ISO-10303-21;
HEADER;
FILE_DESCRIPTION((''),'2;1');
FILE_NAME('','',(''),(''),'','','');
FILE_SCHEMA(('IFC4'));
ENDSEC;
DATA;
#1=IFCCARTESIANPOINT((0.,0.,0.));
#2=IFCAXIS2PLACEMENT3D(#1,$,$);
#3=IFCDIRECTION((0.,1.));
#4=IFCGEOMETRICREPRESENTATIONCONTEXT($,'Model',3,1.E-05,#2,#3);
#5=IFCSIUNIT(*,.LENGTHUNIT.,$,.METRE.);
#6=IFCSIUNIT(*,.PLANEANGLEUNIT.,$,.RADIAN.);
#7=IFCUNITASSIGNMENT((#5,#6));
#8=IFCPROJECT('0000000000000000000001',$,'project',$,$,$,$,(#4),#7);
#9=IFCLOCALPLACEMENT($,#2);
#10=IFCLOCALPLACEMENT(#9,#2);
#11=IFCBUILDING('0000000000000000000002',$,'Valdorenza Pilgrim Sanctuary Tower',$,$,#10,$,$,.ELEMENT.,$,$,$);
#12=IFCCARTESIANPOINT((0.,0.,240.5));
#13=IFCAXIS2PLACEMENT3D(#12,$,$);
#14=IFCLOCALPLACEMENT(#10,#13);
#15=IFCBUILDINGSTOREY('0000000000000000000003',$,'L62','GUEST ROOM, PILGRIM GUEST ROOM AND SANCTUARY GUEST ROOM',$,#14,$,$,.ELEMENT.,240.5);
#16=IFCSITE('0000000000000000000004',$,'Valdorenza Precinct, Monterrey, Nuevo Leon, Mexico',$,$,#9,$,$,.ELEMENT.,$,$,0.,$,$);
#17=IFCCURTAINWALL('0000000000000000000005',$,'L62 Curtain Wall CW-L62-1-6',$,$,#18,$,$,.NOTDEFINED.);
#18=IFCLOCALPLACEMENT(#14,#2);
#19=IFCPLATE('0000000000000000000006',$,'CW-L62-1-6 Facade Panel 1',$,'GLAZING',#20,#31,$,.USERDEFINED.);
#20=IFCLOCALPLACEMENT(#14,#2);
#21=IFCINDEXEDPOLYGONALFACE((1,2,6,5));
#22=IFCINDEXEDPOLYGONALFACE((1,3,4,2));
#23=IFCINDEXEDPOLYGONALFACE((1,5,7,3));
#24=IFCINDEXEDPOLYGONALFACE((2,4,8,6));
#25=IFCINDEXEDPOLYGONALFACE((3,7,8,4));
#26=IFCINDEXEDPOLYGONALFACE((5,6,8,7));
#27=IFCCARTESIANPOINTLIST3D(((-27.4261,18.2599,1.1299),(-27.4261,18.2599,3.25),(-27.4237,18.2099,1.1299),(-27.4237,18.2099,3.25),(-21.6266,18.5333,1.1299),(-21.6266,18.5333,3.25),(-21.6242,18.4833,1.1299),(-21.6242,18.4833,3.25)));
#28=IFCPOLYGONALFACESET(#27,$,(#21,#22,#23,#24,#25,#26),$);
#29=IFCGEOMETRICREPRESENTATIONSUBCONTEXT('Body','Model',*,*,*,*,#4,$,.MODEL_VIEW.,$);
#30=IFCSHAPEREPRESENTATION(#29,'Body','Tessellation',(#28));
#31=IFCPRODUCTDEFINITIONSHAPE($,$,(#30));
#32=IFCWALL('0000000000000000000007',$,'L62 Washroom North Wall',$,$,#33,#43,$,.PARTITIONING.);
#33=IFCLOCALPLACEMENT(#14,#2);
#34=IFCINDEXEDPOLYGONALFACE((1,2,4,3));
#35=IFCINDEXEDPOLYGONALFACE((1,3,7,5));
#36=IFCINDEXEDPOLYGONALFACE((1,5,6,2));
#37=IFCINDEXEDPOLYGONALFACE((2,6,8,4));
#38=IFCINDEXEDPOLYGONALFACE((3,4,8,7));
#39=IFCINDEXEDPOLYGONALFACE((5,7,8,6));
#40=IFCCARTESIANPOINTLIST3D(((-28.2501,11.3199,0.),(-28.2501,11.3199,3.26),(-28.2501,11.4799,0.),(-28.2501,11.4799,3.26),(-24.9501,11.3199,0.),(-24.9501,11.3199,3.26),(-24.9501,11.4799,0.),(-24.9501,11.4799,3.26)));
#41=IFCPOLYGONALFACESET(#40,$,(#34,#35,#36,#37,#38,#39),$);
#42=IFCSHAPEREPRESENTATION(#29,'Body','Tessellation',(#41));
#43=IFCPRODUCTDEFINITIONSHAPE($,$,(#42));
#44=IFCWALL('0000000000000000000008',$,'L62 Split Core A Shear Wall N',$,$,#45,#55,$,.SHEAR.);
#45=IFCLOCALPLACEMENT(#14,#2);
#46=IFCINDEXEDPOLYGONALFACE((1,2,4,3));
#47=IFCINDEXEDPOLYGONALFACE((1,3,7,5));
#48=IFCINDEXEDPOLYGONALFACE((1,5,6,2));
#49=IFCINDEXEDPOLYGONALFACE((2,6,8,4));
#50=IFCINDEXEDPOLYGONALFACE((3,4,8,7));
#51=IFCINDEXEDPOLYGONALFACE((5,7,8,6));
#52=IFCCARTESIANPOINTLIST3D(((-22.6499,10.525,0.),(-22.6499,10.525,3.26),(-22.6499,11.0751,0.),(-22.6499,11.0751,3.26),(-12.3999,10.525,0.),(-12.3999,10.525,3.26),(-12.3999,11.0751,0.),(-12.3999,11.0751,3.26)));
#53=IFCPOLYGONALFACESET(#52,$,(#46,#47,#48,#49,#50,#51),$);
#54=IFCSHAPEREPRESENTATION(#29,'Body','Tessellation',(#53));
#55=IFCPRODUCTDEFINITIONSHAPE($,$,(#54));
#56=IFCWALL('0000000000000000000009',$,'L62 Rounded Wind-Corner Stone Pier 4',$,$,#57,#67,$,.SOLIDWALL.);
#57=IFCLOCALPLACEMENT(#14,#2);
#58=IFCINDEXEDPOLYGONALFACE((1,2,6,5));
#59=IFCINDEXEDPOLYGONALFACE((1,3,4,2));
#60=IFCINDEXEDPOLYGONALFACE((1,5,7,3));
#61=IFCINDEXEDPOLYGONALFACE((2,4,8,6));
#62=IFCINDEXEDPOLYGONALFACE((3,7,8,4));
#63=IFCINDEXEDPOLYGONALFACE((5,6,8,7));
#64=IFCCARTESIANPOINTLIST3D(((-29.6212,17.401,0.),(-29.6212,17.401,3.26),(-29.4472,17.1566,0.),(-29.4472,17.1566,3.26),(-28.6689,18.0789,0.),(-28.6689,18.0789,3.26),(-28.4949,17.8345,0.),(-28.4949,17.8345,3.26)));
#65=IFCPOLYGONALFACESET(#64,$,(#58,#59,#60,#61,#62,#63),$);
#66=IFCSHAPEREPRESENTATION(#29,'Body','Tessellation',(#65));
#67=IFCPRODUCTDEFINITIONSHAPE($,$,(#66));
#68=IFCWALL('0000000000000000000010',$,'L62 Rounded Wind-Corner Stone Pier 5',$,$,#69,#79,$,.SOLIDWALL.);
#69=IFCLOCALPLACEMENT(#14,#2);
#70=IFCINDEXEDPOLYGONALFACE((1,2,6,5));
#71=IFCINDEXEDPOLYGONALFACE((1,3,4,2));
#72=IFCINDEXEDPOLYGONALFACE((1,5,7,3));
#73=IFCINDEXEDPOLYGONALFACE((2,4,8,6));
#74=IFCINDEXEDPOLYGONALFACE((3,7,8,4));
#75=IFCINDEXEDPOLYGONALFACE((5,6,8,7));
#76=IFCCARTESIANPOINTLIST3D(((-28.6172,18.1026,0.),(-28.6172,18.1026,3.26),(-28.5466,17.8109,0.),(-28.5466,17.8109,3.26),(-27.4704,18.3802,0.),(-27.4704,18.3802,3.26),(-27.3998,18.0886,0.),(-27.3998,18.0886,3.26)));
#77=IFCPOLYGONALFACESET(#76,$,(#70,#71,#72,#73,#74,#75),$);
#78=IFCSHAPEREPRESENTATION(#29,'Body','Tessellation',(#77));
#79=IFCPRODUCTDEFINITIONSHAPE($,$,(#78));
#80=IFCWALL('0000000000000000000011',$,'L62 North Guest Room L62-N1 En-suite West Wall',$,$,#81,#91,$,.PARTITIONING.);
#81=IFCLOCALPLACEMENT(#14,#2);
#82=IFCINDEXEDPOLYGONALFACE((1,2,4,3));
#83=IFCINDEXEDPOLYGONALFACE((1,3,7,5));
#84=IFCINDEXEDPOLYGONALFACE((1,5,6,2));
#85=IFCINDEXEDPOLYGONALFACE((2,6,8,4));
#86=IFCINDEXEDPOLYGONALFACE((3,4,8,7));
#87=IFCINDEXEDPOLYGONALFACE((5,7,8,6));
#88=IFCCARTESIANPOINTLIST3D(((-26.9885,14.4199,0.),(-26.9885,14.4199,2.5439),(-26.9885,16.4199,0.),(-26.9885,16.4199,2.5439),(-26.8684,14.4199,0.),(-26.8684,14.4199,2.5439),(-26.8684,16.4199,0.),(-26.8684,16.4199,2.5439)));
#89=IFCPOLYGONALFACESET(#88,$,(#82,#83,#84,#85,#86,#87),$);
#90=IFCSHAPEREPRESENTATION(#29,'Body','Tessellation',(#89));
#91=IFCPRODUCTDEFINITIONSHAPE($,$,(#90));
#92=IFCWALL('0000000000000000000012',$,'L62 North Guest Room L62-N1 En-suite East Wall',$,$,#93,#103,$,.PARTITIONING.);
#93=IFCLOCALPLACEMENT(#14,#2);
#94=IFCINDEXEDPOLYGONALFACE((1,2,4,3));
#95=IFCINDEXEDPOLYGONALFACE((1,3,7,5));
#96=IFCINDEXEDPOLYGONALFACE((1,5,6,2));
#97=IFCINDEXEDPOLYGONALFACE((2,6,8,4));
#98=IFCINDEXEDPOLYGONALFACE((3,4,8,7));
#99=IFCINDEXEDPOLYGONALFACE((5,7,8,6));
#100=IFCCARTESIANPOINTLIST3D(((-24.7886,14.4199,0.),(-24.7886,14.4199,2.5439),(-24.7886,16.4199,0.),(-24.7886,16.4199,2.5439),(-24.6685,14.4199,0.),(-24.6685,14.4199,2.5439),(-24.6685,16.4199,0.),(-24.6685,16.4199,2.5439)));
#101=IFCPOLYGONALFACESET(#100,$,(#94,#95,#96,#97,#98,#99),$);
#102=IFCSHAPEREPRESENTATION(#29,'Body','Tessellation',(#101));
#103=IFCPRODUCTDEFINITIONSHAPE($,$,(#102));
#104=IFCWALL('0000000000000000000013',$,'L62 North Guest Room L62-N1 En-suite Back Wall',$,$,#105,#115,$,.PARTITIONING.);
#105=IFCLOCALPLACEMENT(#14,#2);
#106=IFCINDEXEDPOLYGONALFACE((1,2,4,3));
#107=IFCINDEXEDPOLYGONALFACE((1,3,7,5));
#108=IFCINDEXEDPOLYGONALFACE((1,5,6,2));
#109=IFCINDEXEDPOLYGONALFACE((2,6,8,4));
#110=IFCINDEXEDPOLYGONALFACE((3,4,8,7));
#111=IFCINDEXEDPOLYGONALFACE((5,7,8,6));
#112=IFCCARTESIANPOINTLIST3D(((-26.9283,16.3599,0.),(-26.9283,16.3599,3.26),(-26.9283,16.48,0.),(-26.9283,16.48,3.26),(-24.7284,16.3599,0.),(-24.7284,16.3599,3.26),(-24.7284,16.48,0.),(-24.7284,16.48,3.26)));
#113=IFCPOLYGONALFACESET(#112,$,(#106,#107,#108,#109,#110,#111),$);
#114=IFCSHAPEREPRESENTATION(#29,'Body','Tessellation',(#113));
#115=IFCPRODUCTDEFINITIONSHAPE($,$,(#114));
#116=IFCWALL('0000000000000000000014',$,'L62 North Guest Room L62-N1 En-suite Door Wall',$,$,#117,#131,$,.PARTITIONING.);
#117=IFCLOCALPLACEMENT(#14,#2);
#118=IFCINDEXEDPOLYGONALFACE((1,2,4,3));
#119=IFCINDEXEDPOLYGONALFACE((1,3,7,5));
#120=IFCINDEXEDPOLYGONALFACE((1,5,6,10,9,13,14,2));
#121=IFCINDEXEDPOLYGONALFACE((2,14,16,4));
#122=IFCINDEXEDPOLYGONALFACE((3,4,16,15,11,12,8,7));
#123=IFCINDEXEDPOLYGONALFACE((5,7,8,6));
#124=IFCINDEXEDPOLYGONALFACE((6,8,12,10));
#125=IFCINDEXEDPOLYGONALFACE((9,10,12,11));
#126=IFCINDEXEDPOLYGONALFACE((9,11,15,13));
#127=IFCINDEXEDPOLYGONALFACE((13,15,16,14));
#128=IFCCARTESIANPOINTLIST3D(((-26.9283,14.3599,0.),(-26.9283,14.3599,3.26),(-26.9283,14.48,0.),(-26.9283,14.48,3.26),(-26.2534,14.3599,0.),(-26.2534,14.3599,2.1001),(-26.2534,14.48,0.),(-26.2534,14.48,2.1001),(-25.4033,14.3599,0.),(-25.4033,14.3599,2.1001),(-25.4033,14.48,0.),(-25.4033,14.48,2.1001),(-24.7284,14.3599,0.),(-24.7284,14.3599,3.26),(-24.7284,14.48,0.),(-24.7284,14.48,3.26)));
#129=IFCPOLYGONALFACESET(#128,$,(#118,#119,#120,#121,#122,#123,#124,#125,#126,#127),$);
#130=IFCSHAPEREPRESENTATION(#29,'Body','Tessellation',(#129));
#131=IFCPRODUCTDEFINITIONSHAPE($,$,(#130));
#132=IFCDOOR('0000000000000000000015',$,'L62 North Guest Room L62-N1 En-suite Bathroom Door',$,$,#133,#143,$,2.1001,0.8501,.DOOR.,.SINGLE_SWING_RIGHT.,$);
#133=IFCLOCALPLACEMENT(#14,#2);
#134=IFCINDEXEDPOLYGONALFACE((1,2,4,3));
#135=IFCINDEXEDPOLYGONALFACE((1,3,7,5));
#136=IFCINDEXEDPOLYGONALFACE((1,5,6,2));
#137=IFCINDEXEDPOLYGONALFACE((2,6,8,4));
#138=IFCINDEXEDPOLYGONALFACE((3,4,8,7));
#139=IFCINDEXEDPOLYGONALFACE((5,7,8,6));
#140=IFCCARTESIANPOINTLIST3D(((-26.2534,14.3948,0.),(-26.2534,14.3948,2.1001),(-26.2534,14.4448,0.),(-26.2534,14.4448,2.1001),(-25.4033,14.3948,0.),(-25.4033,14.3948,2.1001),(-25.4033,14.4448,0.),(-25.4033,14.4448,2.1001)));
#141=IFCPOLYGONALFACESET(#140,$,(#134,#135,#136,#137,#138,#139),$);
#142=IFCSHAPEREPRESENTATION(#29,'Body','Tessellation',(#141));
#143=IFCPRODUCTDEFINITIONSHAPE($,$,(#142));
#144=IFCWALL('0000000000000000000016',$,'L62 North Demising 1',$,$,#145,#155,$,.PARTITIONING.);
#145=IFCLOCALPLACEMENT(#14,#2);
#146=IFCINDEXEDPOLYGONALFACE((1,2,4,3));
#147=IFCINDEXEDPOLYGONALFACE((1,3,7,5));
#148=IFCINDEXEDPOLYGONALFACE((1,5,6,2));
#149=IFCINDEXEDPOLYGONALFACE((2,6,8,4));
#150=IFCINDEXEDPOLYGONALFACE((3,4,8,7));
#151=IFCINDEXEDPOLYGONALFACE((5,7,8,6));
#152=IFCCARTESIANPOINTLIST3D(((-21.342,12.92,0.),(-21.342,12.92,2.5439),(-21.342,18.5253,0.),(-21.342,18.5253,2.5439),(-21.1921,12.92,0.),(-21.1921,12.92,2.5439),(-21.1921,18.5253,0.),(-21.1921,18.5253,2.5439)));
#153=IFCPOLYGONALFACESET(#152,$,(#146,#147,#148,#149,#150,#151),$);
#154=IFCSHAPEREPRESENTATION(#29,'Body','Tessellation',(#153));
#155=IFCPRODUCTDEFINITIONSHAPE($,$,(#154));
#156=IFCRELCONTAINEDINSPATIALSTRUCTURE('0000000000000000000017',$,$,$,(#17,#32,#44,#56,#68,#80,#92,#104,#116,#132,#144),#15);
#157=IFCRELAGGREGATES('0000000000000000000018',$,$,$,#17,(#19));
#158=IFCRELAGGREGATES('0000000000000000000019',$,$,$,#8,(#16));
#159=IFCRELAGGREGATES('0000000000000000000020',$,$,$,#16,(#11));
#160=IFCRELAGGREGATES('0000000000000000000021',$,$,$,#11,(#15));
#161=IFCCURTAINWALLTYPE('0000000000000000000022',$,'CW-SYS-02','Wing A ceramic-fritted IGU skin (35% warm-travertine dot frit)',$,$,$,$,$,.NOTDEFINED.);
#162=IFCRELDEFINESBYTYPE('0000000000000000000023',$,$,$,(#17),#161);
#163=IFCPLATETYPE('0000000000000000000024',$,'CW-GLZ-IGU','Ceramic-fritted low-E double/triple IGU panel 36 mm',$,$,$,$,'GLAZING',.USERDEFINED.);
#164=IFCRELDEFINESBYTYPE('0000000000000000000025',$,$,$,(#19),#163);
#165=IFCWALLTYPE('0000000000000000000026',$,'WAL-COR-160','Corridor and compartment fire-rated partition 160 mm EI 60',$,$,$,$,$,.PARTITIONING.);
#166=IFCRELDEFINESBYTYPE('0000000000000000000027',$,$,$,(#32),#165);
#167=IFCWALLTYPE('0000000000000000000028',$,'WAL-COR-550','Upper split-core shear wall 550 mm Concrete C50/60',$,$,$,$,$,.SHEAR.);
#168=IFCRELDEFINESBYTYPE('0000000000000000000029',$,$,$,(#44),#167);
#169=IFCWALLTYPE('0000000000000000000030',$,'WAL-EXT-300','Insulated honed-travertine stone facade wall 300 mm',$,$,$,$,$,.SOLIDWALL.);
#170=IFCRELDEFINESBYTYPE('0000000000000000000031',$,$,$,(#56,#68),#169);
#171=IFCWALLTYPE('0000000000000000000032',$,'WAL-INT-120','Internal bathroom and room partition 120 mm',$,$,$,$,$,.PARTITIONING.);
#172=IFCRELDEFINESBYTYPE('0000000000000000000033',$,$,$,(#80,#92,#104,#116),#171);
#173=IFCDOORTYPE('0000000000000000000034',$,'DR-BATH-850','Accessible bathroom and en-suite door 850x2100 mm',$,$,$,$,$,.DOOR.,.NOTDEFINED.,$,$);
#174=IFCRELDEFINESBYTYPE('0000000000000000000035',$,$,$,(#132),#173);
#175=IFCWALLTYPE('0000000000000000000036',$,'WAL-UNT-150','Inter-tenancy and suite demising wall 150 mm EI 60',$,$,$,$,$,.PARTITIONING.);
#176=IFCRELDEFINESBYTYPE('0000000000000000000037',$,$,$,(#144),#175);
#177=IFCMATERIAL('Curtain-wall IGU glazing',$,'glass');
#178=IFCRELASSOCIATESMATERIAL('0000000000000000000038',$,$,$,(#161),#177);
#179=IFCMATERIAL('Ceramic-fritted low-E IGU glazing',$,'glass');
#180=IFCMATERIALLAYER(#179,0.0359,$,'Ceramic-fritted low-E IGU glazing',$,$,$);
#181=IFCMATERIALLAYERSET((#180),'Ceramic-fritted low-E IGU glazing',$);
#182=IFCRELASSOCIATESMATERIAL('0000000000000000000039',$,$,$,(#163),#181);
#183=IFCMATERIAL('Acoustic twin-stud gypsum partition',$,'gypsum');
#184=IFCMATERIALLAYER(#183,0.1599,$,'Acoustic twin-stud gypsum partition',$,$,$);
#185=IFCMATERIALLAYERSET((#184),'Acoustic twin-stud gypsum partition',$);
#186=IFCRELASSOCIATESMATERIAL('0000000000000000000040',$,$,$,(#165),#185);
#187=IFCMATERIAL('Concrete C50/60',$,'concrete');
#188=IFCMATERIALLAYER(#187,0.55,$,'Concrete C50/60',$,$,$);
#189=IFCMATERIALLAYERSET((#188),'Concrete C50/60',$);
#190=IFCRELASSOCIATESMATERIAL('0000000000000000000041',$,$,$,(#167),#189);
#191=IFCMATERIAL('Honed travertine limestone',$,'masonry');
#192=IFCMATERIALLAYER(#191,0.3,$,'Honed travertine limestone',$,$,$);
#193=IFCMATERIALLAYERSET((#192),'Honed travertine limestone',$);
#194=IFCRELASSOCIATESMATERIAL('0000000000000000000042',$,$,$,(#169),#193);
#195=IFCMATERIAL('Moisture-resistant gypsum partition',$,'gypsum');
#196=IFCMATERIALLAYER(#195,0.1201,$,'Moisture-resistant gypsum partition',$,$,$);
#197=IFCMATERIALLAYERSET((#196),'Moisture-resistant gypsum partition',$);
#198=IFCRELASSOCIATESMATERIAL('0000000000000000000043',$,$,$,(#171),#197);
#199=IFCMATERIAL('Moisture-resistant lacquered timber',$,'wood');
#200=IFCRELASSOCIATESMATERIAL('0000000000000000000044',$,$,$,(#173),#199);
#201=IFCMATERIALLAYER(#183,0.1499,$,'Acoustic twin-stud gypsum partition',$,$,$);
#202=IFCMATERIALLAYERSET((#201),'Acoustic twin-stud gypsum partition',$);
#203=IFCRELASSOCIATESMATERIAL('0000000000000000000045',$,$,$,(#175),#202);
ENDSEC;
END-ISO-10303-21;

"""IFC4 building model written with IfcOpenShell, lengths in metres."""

from ifc_helpers import new_model, si_unit, direction, frame, frame_2d, origin, origin_2d, place, context, subcontext, project, spatial, rectangle, extrude, source, transform, mapped, material, layer, layer_set, type_object, element, fill, aggregate, save


model = new_model("IFC4")

# Units and contexts
model_context = context("Model", 3, precision=1e-05, world=origin(), true_north=direction((0.0, 1.0)))
body_context = subcontext(model_context, "Body", "Model", "MODEL_VIEW")
ifc_project = project(units=[si_unit("LENGTHUNIT", "METRE"), si_unit("PLANEANGLEUNIT", "RADIAN")], contexts=[model_context])

# Site, building, storey
site_placement = place(None, origin())
site = spatial("IfcSite", under=ifc_project, at=site_placement, Name="Valdorenza Precinct, Monterrey, Nuevo Leon, Mexico", CompositionType="ELEMENT", RefElevation=0.0)
building_placement = place(site_placement, origin())
building = spatial("IfcBuilding", under=site, at=building_placement, Name="Valdorenza Pilgrim Sanctuary Tower", CompositionType="ELEMENT")
storey_placement = place(building_placement, frame((0.0, 0.0, 240.5)))
storey = spatial("IfcBuildingStorey", under=building, at=storey_placement, Name="L62", Description="GUEST ROOM, PILGRIM GUEST ROOM AND SANCTUARY GUEST ROOM", CompositionType="ELEMENT", Elevation=240.5)

# Shared definitions
ifc_material_1 = material(Name="Concrete C50/60", Category="concrete")

# Curtain wall, plate
ifc_material_2 = material(Name="Curtain-wall IGU glazing", Category="glass")
curtain_wall_type = type_object("IfcCurtainWallType", Name="CW-SYS-02", Description="Wing A ceramic-fritted IGU skin (35% warm-travertine dot frit)", PredefinedType="NOTDEFINED", material=ifc_material_2)
curtain_wall_placement = place(storey_placement, origin())
curtain_wall = element("IfcCurtainWall", 1, at=curtain_wall_placement, inside=storey, type_object=curtain_wall_type, Name="L62 Curtain Wall CW-L62-1-6", PredefinedType="NOTDEFINED")
ifc_material_3 = material(Name="Honed travertine limestone", Category="masonry")
ifc_material_4 = material(Name="Ceramic-fritted low-E IGU glazing", Category="glass")
ifc_layer_1 = layer(ifc_material_4, 0.0359, Name="Ceramic-fritted low-E IGU glazing")
ifc_layer_set_1 = layer_set([ifc_layer_1], Name="Ceramic-fritted low-E IGU glazing")
plate_type_1 = type_object("IfcPlateType", Name="CW-GLZ-IGU", Description="Ceramic-fritted low-E double/triple IGU panel 36 mm", ElementType="GLAZING", PredefinedType="USERDEFINED", material=ifc_layer_set_1)
shared_shape_1 = source(origin(), body_context, "Body", "SweptSolid", [
    extrude(rectangle(XDim=5.8059, YDim=0.05, at=origin_2d()), origin(), (0.0, 0.0, 1.0), 2.1201),
])
plate_1_placement = place(storey_placement, frame((-24.5251, 18.3716, 1.1299), z_axis=(0.0, 0.0, 1.0), x_axis=(0.998891, 0.047089, 0.0)))
plate_1 = element("IfcPlate", 2, at=plate_1_placement, type_object=plate_type_1, Name="CW-L62-1-6 Facade Panel 1", ObjectType="GLAZING", PredefinedType="USERDEFINED", context=body_context, shape_type="MappedRepresentation", body=[
    mapped(shared_shape_1, transform((0.0, 0.0, 0.0), x_axis=(1.0, 0.0, 0.0), y_axis=(0.0, 1.0, 0.0), z_axis=(0.0, 0.0, 1.0), scale=1.0)),
])
aggregate(curtain_wall, [plate_1])

# Walls
ifc_material_5 = material(Name="Acoustic twin-stud gypsum partition", Category="gypsum")
ifc_layer_2 = layer(ifc_material_5, 0.1599, Name="Acoustic twin-stud gypsum partition")
ifc_layer_set_2 = layer_set([ifc_layer_2], Name="Acoustic twin-stud gypsum partition")
wall_type_1 = type_object("IfcWallType", Name="WAL-COR-160", Description="Corridor and compartment fire-rated partition 160 mm EI 60", PredefinedType="PARTITIONING", material=ifc_layer_set_2)
wall_1_placement = place(storey_placement, frame((-28.25, 11.3999, 0.0), z_axis=(0.0, 0.0, 1.0), x_axis=(1.0, 0.0, 0.0)))
element("IfcWall", 3, at=wall_1_placement, inside=storey, type_object=wall_type_1, Name="L62 Washroom North Wall", PredefinedType="PARTITIONING", context=body_context, shape_type="SweptSolid", body=[
    extrude(rectangle(XDim=3.3, YDim=0.1599, at=frame_2d((1.6499, 0.0))), origin(), (0.0, 0.0, 1.0), 3.26),
])
ifc_layer_3 = layer(ifc_material_1, 0.55, Name="Concrete C50/60")
ifc_layer_set_3 = layer_set([ifc_layer_3], Name="Concrete C50/60")
wall_type_2 = type_object("IfcWallType", Name="WAL-COR-550", Description="Upper split-core shear wall 550 mm Concrete C50/60", PredefinedType="SHEAR", material=ifc_layer_set_3)
wall_2_placement = place(storey_placement, frame((-22.6499, 10.8, 0.0), z_axis=(0.0, 0.0, 1.0), x_axis=(1.0, 0.0, 0.0)))
element("IfcWall", 4, at=wall_2_placement, inside=storey, type_object=wall_type_2, Name="L62 Split Core A Shear Wall N", PredefinedType="SHEAR", context=body_context, shape_type="SweptSolid", body=[
    extrude(rectangle(XDim=10.25, YDim=0.55, at=frame_2d((5.125, 0.0))), origin(), (0.0, 0.0, 1.0), 3.26),
])
ifc_layer_4 = layer(ifc_material_3, 0.3, Name="Honed travertine limestone")
ifc_layer_set_4 = layer_set([ifc_layer_4], Name="Honed travertine limestone")
wall_type_3 = type_object("IfcWallType", Name="WAL-EXT-300", Description="Insulated honed-travertine stone facade wall 300 mm", PredefinedType="SOLIDWALL", material=ifc_layer_set_4)
wall_3_placement = place(storey_placement, frame((-29.5342, 17.2788, 0.0), z_axis=(0.0, 0.0, 1.0), x_axis=(0.814664, 0.579934, 0.0)))
element("IfcWall", 5, at=wall_3_placement, inside=storey, type_object=wall_type_3, Name="L62 Rounded Wind-Corner Stone Pier 4", PredefinedType="SOLIDWALL", context=body_context, shape_type="SweptSolid", body=[
    extrude(rectangle(XDim=1.1689, YDim=0.3, at=frame_2d((0.5845, 0.0))), origin(), (0.0, 0.0, 1.0), 3.26),
])
wall_4_placement = place(storey_placement, frame((-28.5818, 17.9568, 0.0), z_axis=(0.0, 0.0, 1.0), x_axis=(0.971929, 0.235274, 0.0)))
element("IfcWall", 6, at=wall_4_placement, inside=storey, type_object=wall_type_3, Name="L62 Rounded Wind-Corner Stone Pier 5", PredefinedType="SOLIDWALL", context=body_context, shape_type="SweptSolid", body=[
    extrude(rectangle(XDim=1.1799, YDim=0.3, at=frame_2d((0.5898, 0.0))), origin(), (0.0, 0.0, 1.0), 3.26),
])
ifc_material_6 = material(Name="Moisture-resistant gypsum partition", Category="gypsum")
ifc_layer_5 = layer(ifc_material_6, 0.1201, Name="Moisture-resistant gypsum partition")
ifc_layer_set_5 = layer_set([ifc_layer_5], Name="Moisture-resistant gypsum partition")
wall_type_4 = type_object("IfcWallType", Name="WAL-INT-120", Description="Internal bathroom and room partition 120 mm", PredefinedType="PARTITIONING", material=ifc_layer_set_5)
for number, where, z_axis, x_axis, name in (
    (7, (-26.9285, 14.4199, 0.0), (0.0, 0.0, 1.0), (0.0, 1.0, 0.0), "L62 North Guest Room L62-N1 En-suite West Wall"),
    (8, (-24.7285, 14.4199, 0.0), (0.0, 0.0, 1.0), (0.0, 1.0, 0.0), "L62 North Guest Room L62-N1 En-suite East Wall"),
):
    element("IfcWall", number, at=place(storey_placement, frame(where, z_axis=z_axis, x_axis=x_axis)), inside=storey, type_object=wall_type_4, Name=name, PredefinedType="PARTITIONING", context=body_context, shape_type="SweptSolid", body=[
        extrude(rectangle(XDim=2.0, YDim=0.1201, at=frame_2d((1.0, 0.0))), origin(), (0.0, 0.0, 1.0), 2.5439),
    ])
wall_5_placement = place(storey_placement, frame((-26.9285, 16.4199, 0.0), z_axis=(0.0, 0.0, 1.0), x_axis=(1.0, 0.0, 0.0)))
element("IfcWall", 9, at=wall_5_placement, inside=storey, type_object=wall_type_4, Name="L62 North Guest Room L62-N1 En-suite Back Wall", PredefinedType="PARTITIONING", context=body_context, shape_type="SweptSolid", body=[
    extrude(rectangle(XDim=2.2, YDim=0.1201, at=frame_2d((1.1001, 0.0))), origin(), (0.0, 0.0, 1.0), 3.26),
])

# Wall, opening, door
wall_6_placement = place(storey_placement, frame((-26.9285, 14.4199, 0.0), z_axis=(0.0, 0.0, 1.0), x_axis=(1.0, 0.0, 0.0)))
wall_6 = element("IfcWall", 10, at=wall_6_placement, inside=storey, type_object=wall_type_4, Name="L62 North Guest Room L62-N1 En-suite Door Wall", PredefinedType="PARTITIONING", context=body_context, shape_type="SweptSolid", body=[
    extrude(rectangle(XDim=2.2, YDim=0.1201, at=frame_2d((1.1001, 0.0))), origin(), (0.0, 0.0, 1.0), 3.26),
])
opening_placement = place(wall_6_placement, frame((0.675, 0.0, 0.0)))
opening = element("IfcOpeningElement", 11, at=opening_placement, cuts=wall_6, PredefinedType="OPENING", context=body_context, shape_type="SweptSolid", body=[
    extrude(rectangle(XDim=0.8501, YDim=2.1001, at=frame_2d((0.425, 1.05))), frame((0.0, 0.075, 0.0), z_axis=(0.0, -1.0, 0.0), x_axis=(1.0, 0.0, 0.0)), (0.0, 0.0, 1.0), 0.1499),
])
ifc_material_7 = material(Name="Moisture-resistant lacquered timber", Category="wood")
door_type = type_object("IfcDoorType", Name="DR-BATH-850", Description="Accessible bathroom and en-suite door 850x2100 mm", OperationType="NOTDEFINED", PredefinedType="DOOR", material=ifc_material_7)
door_placement = place(opening_placement, origin())
door = element("IfcDoor", 12, at=door_placement, inside=storey, type_object=door_type, Name="L62 North Guest Room L62-N1 En-suite Bathroom Door", OperationType="SINGLE_SWING_RIGHT", OverallHeight=2.1001, OverallWidth=0.8501, PredefinedType="DOOR", context=body_context, shape_type="SweptSolid", body=[
    extrude(rectangle(XDim=0.8501, YDim=2.1001, at=frame_2d((0.425, 1.05))), frame((0.0, 0.0249, 0.0), z_axis=(0.0, -1.0, 0.0), x_axis=(1.0, 0.0, 0.0)), (0.0, 0.0, 1.0), 0.05),
])
fill(opening, door)

# Wall
ifc_layer_6 = layer(ifc_material_5, 0.1499, Name="Acoustic twin-stud gypsum partition")
ifc_layer_set_6 = layer_set([ifc_layer_6], Name="Acoustic twin-stud gypsum partition")
wall_type_5 = type_object("IfcWallType", Name="WAL-UNT-150", Description="Inter-tenancy and suite demising wall 150 mm EI 60", PredefinedType="PARTITIONING", material=ifc_layer_set_6)
wall_7_placement = place(storey_placement, frame((-21.2671, 12.9199, 0.0), z_axis=(0.0, 0.0, 1.0), x_axis=(0.0, 1.0, 0.0)))
element("IfcWall", 13, at=wall_7_placement, inside=storey, type_object=wall_type_5, Name="L62 North Demising 1", PredefinedType="PARTITIONING", context=body_context, shape_type="SweptSolid", body=[
    extrude(rectangle(XDim=5.6052, YDim=0.1499, at=frame_2d((2.8027, 0.0))), origin(), (0.0, 0.0, 1.0), 2.5439),
])

save(model, "model.ifc")
